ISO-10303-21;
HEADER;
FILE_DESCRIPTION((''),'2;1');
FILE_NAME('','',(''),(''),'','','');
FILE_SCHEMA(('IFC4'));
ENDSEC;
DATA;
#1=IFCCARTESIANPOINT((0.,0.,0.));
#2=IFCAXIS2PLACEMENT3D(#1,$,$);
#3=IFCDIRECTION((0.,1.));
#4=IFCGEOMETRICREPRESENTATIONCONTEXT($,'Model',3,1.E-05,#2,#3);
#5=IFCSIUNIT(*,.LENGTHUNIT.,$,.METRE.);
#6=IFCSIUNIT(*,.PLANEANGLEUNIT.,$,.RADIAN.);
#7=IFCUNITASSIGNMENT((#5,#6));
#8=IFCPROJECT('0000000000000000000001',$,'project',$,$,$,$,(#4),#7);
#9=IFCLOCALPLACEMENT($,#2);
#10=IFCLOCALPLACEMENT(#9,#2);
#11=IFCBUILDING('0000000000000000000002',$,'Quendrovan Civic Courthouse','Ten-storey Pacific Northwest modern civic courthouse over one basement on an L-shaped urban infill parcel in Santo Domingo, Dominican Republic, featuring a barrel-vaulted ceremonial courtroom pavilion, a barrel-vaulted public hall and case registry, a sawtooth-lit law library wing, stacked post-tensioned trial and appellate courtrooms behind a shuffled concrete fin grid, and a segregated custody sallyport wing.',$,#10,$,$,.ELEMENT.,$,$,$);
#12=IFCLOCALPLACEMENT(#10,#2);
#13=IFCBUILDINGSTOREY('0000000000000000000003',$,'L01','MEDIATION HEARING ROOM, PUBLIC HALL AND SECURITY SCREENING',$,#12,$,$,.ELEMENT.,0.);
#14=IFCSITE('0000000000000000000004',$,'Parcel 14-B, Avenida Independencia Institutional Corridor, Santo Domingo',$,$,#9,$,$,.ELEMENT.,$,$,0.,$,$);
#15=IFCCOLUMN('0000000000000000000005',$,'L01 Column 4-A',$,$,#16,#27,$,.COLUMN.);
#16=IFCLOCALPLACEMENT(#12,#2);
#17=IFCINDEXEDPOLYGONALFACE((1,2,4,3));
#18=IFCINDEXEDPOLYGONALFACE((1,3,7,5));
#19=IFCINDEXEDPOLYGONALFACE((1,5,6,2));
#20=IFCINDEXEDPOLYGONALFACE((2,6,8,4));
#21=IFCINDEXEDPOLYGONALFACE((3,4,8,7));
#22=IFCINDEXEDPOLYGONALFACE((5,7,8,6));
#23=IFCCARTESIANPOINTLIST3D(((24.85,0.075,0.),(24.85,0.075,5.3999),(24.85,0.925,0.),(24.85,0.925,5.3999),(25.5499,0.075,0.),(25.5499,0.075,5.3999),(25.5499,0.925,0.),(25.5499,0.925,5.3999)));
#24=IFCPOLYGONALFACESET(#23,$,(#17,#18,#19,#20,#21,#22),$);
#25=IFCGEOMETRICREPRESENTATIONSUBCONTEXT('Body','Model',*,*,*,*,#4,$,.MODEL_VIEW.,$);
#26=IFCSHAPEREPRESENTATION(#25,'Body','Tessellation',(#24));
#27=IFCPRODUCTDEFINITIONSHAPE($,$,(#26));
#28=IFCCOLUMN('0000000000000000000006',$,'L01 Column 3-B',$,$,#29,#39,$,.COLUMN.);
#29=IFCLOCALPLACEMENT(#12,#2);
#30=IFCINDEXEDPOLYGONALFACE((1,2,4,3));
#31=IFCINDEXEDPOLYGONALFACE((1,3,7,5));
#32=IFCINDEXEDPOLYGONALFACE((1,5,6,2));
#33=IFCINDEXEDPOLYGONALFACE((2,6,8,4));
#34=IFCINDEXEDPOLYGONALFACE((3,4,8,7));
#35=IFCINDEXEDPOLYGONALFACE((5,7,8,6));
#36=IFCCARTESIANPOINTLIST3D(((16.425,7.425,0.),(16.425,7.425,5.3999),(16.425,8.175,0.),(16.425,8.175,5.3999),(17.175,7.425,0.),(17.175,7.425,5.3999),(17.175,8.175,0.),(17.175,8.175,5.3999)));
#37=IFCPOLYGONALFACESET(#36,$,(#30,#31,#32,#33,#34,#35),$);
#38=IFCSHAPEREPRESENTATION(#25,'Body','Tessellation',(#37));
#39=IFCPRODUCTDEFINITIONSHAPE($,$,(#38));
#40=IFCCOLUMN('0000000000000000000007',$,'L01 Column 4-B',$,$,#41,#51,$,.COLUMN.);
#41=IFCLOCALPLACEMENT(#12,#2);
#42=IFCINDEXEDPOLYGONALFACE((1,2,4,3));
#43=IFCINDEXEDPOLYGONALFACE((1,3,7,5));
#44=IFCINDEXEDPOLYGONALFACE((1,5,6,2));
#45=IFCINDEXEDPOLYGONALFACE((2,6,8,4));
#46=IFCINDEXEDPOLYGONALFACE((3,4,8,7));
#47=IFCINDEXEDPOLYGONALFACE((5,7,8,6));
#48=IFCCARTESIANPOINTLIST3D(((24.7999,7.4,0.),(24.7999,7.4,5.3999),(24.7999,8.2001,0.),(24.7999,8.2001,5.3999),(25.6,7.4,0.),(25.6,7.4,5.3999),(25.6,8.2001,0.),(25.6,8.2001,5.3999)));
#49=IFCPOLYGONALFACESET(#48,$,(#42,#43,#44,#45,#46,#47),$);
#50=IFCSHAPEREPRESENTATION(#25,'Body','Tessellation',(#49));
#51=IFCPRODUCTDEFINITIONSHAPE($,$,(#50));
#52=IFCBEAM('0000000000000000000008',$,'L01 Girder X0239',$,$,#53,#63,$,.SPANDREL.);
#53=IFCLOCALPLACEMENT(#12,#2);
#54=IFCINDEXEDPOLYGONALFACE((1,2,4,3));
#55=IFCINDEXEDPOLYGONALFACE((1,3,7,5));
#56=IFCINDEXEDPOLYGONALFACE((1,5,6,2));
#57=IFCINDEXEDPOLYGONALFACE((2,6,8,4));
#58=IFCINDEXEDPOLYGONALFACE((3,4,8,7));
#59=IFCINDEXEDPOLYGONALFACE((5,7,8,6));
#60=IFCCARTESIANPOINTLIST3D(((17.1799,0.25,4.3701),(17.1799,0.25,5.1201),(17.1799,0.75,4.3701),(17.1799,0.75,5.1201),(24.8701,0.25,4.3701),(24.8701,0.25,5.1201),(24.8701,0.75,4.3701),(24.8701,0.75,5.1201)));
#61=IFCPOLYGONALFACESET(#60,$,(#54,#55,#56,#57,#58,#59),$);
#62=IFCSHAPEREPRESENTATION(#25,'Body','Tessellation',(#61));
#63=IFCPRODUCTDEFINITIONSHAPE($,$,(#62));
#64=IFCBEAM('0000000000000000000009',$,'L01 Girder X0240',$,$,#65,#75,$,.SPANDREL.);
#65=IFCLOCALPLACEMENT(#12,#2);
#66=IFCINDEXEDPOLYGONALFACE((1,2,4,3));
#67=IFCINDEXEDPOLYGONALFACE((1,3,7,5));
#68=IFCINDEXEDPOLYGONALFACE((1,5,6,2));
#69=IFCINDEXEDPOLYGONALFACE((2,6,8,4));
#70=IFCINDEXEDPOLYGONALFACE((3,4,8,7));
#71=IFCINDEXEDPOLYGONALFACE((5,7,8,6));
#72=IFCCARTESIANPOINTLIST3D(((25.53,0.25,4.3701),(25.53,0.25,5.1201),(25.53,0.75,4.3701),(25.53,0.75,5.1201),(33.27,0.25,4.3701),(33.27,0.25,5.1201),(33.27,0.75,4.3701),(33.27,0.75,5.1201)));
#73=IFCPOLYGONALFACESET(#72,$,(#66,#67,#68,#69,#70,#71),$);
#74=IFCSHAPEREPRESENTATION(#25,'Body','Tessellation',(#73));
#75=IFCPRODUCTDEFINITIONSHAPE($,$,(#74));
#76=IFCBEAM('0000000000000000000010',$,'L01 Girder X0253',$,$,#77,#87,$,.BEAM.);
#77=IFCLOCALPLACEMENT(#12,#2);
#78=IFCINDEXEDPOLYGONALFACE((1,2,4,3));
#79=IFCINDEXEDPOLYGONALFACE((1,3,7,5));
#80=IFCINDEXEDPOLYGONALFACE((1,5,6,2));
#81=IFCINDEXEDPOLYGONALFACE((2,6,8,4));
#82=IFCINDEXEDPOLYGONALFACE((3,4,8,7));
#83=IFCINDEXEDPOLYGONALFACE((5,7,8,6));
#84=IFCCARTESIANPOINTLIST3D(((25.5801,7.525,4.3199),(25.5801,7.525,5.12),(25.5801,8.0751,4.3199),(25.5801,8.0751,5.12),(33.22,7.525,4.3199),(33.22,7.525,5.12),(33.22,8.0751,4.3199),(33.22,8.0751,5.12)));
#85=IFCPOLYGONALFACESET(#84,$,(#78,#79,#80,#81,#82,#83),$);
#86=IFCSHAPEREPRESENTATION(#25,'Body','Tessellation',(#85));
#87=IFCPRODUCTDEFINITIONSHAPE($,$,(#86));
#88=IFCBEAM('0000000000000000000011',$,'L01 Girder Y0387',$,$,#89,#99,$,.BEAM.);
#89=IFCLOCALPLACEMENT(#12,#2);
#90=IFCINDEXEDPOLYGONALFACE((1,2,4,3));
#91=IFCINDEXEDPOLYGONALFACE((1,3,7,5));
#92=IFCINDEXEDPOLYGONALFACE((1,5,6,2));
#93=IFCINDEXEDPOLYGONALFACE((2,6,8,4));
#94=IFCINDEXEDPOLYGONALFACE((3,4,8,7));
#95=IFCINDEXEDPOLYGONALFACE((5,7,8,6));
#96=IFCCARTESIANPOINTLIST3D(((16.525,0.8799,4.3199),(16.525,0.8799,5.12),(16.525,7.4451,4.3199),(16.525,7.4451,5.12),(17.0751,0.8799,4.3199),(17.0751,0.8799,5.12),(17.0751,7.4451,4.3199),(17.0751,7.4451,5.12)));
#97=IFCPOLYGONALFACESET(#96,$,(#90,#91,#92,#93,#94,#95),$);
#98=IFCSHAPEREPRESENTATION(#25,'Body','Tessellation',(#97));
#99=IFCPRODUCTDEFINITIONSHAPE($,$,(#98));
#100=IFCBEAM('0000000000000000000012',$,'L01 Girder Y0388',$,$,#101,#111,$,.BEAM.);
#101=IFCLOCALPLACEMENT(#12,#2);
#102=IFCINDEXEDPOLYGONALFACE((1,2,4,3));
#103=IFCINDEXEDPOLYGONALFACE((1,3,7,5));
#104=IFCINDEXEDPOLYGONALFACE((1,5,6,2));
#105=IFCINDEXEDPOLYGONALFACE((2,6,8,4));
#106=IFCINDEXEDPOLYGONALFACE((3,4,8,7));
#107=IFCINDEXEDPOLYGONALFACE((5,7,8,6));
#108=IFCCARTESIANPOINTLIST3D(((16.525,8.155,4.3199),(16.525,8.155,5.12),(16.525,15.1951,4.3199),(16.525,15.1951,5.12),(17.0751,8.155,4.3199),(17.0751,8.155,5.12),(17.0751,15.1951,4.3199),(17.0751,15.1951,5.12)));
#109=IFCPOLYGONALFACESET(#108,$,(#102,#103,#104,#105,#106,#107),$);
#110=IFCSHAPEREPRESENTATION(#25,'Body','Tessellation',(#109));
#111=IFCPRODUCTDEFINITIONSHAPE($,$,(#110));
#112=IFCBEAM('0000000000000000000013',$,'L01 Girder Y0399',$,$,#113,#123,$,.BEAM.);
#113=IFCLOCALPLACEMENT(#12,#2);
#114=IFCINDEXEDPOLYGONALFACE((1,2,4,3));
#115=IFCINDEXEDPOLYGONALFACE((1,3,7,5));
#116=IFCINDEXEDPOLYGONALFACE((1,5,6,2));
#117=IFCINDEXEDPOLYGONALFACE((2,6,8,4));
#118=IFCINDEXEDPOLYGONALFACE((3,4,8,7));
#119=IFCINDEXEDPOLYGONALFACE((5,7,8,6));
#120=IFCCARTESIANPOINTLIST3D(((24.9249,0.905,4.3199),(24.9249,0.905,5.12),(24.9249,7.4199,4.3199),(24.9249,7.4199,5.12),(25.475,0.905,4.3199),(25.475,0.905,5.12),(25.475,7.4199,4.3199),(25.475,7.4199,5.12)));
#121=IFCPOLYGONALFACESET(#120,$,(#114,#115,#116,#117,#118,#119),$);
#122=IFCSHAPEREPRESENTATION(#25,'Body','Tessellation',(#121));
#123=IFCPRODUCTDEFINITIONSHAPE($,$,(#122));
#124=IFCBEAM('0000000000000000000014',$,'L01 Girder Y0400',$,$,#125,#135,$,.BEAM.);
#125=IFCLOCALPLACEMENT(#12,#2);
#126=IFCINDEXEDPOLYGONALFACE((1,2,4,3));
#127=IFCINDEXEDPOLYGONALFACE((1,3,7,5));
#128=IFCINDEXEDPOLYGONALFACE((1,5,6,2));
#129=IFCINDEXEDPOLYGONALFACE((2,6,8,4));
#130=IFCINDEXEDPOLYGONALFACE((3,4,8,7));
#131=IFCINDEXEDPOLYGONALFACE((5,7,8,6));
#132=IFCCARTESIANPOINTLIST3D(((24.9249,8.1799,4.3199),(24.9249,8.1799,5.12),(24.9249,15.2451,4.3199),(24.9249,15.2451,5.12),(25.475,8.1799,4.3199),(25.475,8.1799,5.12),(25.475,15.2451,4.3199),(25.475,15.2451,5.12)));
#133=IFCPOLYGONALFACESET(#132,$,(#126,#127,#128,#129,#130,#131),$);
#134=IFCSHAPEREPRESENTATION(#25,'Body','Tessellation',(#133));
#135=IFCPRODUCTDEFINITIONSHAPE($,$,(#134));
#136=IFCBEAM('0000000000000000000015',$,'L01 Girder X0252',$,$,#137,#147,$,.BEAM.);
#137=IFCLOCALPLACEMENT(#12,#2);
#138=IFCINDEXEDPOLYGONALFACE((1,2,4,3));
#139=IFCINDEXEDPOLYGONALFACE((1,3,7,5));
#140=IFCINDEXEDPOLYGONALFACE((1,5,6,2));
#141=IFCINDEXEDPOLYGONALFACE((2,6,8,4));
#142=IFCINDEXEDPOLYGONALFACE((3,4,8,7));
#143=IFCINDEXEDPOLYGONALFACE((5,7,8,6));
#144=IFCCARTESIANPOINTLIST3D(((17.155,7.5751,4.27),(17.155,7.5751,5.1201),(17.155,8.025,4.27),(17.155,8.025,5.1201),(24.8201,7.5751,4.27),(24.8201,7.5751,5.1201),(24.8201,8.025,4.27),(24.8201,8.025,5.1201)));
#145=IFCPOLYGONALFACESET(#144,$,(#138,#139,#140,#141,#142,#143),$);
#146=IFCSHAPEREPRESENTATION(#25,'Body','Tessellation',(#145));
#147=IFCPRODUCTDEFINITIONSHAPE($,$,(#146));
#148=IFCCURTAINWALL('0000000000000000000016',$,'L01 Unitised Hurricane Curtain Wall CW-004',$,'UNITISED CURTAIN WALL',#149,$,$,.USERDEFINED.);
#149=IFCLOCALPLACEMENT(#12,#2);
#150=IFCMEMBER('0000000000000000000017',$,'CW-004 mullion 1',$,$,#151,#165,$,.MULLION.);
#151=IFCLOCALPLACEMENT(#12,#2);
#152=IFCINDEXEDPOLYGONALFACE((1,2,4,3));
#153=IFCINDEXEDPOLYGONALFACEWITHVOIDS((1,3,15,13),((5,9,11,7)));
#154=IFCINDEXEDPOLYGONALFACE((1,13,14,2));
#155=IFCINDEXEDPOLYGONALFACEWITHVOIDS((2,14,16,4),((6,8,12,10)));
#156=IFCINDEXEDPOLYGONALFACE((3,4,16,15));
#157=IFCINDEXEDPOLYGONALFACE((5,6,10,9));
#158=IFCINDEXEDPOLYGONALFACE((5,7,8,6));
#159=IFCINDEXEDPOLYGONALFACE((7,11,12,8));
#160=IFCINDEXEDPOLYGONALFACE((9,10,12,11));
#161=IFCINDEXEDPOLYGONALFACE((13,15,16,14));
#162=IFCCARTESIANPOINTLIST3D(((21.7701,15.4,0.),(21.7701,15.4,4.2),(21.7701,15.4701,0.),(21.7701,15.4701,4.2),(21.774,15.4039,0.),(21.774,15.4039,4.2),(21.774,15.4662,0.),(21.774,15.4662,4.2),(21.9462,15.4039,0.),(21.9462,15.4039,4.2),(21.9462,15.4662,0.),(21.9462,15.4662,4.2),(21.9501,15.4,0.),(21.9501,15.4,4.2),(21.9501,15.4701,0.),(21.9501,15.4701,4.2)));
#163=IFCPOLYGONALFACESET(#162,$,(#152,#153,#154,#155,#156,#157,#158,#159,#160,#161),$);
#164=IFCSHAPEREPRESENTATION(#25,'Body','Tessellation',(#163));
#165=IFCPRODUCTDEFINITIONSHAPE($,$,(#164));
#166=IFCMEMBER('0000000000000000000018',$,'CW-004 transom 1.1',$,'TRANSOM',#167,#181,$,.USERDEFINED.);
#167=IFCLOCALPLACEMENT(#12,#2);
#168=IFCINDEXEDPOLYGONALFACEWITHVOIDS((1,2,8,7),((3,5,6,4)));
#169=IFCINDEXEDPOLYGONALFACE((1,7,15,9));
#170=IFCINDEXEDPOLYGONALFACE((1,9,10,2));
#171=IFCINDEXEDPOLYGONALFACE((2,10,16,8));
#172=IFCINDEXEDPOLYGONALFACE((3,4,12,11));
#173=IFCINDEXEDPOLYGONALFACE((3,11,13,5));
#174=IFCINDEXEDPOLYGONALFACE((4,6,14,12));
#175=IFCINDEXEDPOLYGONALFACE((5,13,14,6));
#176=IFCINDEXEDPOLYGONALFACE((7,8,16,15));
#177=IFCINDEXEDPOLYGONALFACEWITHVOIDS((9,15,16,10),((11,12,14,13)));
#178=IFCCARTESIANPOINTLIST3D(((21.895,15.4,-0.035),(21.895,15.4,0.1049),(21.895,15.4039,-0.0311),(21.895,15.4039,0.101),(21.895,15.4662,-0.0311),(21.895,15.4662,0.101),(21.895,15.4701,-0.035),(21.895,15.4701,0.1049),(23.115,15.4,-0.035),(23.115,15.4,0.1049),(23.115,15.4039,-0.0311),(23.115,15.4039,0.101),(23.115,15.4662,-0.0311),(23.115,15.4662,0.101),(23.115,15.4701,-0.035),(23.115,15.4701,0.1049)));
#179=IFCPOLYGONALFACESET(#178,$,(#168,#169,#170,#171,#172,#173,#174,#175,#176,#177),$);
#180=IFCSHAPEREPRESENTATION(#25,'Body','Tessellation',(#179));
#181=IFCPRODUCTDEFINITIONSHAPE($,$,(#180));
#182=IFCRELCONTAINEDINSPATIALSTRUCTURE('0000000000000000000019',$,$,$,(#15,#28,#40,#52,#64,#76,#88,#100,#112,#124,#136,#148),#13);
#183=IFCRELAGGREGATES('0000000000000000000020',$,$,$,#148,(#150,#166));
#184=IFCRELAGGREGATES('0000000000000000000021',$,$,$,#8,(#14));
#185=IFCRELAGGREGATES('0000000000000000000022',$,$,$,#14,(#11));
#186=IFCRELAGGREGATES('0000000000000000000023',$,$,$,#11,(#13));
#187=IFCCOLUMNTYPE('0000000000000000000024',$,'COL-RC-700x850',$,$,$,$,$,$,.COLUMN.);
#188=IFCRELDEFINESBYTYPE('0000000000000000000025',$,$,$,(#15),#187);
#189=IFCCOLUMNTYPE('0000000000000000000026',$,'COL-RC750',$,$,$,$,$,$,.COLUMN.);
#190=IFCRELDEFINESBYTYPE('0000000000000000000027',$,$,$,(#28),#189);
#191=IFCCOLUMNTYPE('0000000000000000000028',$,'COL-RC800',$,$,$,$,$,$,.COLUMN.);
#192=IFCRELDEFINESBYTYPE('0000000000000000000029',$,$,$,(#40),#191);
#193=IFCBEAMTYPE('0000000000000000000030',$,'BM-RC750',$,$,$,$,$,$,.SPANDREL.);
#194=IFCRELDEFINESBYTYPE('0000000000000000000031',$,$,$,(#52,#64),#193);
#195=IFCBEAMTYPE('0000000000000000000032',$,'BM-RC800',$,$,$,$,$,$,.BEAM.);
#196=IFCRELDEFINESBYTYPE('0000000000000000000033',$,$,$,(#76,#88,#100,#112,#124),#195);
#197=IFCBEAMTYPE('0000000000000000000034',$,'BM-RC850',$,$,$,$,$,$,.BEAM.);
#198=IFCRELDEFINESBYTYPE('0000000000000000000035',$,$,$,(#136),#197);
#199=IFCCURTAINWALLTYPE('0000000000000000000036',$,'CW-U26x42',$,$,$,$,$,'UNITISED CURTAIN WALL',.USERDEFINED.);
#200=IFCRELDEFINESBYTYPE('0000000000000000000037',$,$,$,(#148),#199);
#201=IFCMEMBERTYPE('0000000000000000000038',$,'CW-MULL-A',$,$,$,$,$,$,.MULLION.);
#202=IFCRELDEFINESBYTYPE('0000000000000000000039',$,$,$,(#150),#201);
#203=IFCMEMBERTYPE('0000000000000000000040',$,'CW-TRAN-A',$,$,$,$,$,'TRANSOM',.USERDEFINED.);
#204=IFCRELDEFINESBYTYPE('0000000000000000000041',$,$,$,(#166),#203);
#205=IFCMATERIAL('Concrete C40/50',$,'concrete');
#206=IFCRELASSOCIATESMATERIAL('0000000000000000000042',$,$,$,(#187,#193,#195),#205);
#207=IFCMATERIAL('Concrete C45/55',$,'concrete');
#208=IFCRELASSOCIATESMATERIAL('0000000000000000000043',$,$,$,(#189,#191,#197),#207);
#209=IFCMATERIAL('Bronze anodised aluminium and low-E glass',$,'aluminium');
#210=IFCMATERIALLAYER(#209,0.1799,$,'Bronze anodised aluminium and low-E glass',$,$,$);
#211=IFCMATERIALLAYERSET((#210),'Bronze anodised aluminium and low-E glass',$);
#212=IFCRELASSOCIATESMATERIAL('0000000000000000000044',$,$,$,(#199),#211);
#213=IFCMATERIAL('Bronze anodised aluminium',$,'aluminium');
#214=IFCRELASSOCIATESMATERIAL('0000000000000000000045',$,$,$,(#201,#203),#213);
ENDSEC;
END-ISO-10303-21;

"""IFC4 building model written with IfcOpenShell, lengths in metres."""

from ifc_helpers import new_model, si_unit, direction, frame, origin, origin_2d, place, context, subcontext, project, spatial, rectangle, hollow_rectangle, extrude, material, layer, layer_set, material_profile, profile_set, type_object, element, aggregate, save


model = new_model("IFC4")

# Units and contexts
model_context = context("Model", 3, precision=1e-05, world=origin(), true_north=direction((0.0, 1.0)))
body_context = subcontext(model_context, "Body", "Model", "MODEL_VIEW")
ifc_project = project(units=[si_unit("LENGTHUNIT", "METRE"), si_unit("PLANEANGLEUNIT", "RADIAN")], contexts=[model_context])

# Site, building, storey
site_placement = place(None, origin())
site = spatial("IfcSite", under=ifc_project, at=site_placement, Name="Parcel 14-B, Avenida Independencia Institutional Corridor, Santo Domingo", CompositionType="ELEMENT", RefElevation=0.0)
building_placement = place(site_placement, origin())
building = spatial("IfcBuilding", under=site, at=building_placement, Name="Quendrovan Civic Courthouse", Description="Ten-storey Pacific Northwest modern civic courthouse over one basement on an L-shaped urban infill parcel in Santo Domingo, Dominican Republic, featuring a barrel-vaulted ceremonial courtroom pavilion, a barrel-vaulted public hall and case registry, a sawtooth-lit law library wing, stacked post-tensioned trial and appellate courtrooms behind a shuffled concrete fin grid, and a segregated custody sallyport wing.", CompositionType="ELEMENT")
storey_placement = place(building_placement, origin())
storey = spatial("IfcBuildingStorey", under=building, at=storey_placement, Name="L01", Description="MEDIATION HEARING ROOM, PUBLIC HALL AND SECURITY SCREENING", CompositionType="ELEMENT", Elevation=0.0)

# Columns
ifc_material_1 = material(Name="Concrete C40/50", Category="concrete")
ifc_material_profile_1 = material_profile(ifc_material_1, rectangle(XDim=0.7, YDim=0.8501, at=origin_2d()), Name="RC-COL-700x850")
ifc_profile_set_1 = profile_set([ifc_material_profile_1], Name="Concrete C40/50")
column_type_1 = type_object("IfcColumnType", Name="COL-RC-700x850", PredefinedType="COLUMN", material=ifc_profile_set_1)
column_1_placement = place(storey_placement, frame((25.2, 0.5, 0.0), z_axis=(0.0, 0.0, 1.0), x_axis=(1.0, 0.0, 0.0)))
element("IfcColumn", 1, at=column_1_placement, inside=storey, type_object=column_type_1, Name="L01 Column 4-A", PredefinedType="COLUMN", context=body_context, shape_type="SweptSolid", body=[
    extrude(rectangle(XDim=0.7, YDim=0.8501, at=origin_2d()), origin(), (0.0, 0.0, 1.0), 5.3999),
])
ifc_material_2 = material(Name="Concrete C45/55", Category="concrete")
ifc_material_profile_2 = material_profile(ifc_material_2, rectangle(XDim=0.75, YDim=0.75, at=origin_2d()), Name="RC-COL-750x750")
ifc_profile_set_2 = profile_set([ifc_material_profile_2], Name="Concrete C45/55")
column_type_2 = type_object("IfcColumnType", Name="COL-RC750", PredefinedType="COLUMN", material=ifc_profile_set_2)
column_2_placement = place(storey_placement, frame((16.8, 7.8, 0.0), z_axis=(0.0, 0.0, 1.0), x_axis=(1.0, 0.0, 0.0)))
element("IfcColumn", 2, at=column_2_placement, inside=storey, type_object=column_type_2, Name="L01 Column 3-B", PredefinedType="COLUMN", context=body_context, shape_type="SweptSolid", body=[
    extrude(rectangle(XDim=0.75, YDim=0.75, at=origin_2d()), origin(), (0.0, 0.0, 1.0), 5.3999),
])
ifc_material_profile_3 = material_profile(ifc_material_2, rectangle(XDim=0.8, YDim=0.8, at=origin_2d()), Name="RC-COL-800x800")
ifc_profile_set_3 = profile_set([ifc_material_profile_3], Name="Concrete C45/55")
column_type_3 = type_object("IfcColumnType", Name="COL-RC800", PredefinedType="COLUMN", material=ifc_profile_set_3)
column_3_placement = place(storey_placement, frame((25.2, 7.8, 0.0), z_axis=(0.0, 0.0, 1.0), x_axis=(1.0, 0.0, 0.0)))
element("IfcColumn", 3, at=column_3_placement, inside=storey, type_object=column_type_3, Name="L01 Column 4-B", PredefinedType="COLUMN", context=body_context, shape_type="SweptSolid", body=[
    extrude(rectangle(XDim=0.8, YDim=0.8, at=origin_2d()), origin(), (0.0, 0.0, 1.0), 5.3999),
])

# Beams
ifc_material_profile_4 = material_profile(ifc_material_1, rectangle(XDim=0.5, YDim=0.75, at=origin_2d()), Name="RC-BM-500x750")
ifc_profile_set_4 = profile_set([ifc_material_profile_4], Name="Concrete C40/50")
beam_type_1 = type_object("IfcBeamType", Name="BM-RC750", PredefinedType="SPANDREL", material=ifc_profile_set_4)
beam_1_placement = place(storey_placement, frame((17.1799, 0.5, 4.7451), z_axis=(1.0, 0.0, 0.0), x_axis=(0.0, 1.0, 0.0)))
element("IfcBeam", 4, at=beam_1_placement, inside=storey, type_object=beam_type_1, Name="L01 Girder X0239", PredefinedType="SPANDREL", context=body_context, shape_type="SweptSolid", body=[
    extrude(rectangle(XDim=0.5, YDim=0.75, at=origin_2d()), origin(), (0.0, 0.0, 1.0), 7.6902),
])
beam_2_placement = place(storey_placement, frame((25.53, 0.5, 4.7451), z_axis=(1.0, 0.0, 0.0), x_axis=(0.0, 1.0, 0.0)))
element("IfcBeam", 5, at=beam_2_placement, inside=storey, type_object=beam_type_1, Name="L01 Girder X0240", PredefinedType="SPANDREL", context=body_context, shape_type="SweptSolid", body=[
    extrude(rectangle(XDim=0.5, YDim=0.75, at=origin_2d()), origin(), (0.0, 0.0, 1.0), 7.74),
])
ifc_material_profile_5 = material_profile(ifc_material_1, rectangle(XDim=0.55, YDim=0.8, at=origin_2d()), Name="RC-BM-550x800")
ifc_profile_set_5 = profile_set([ifc_material_profile_5], Name="Concrete C40/50")
beam_type_2 = type_object("IfcBeamType", Name="BM-RC800", PredefinedType="BEAM", material=ifc_profile_set_5)
beam_3_placement = place(storey_placement, frame((25.5801, 7.8, 4.72), z_axis=(1.0, 0.0, 0.0), x_axis=(0.0, 1.0, 0.0)))
element("IfcBeam", 6, at=beam_3_placement, inside=storey, type_object=beam_type_2, Name="L01 Girder X0253", PredefinedType="BEAM", context=body_context, shape_type="SweptSolid", body=[
    extrude(rectangle(XDim=0.55, YDim=0.8, at=origin_2d()), origin(), (0.0, 0.0, 1.0), 7.6399),
])
beam_4_placement = place(storey_placement, frame((16.8, 0.8799, 4.72), z_axis=(0.0, 1.0, 0.0), x_axis=(-1.0, 0.0, 0.0)))
element("IfcBeam", 7, at=beam_4_placement, inside=storey, type_object=beam_type_2, Name="L01 Girder Y0387", PredefinedType="BEAM", context=body_context, shape_type="SweptSolid", body=[
    extrude(rectangle(XDim=0.55, YDim=0.8, at=origin_2d()), origin(), (0.0, 0.0, 1.0), 6.5652),
])
beam_5_placement = place(storey_placement, frame((16.8, 8.155, 4.72), z_axis=(0.0, 1.0, 0.0), x_axis=(-1.0, 0.0, 0.0)))
element("IfcBeam", 8, at=beam_5_placement, inside=storey, type_object=beam_type_2, Name="L01 Girder Y0388", PredefinedType="BEAM", context=body_context, shape_type="SweptSolid", body=[
    extrude(rectangle(XDim=0.55, YDim=0.8, at=origin_2d()), origin(), (0.0, 0.0, 1.0), 7.04),
])
beam_6_placement = place(storey_placement, frame((25.2, 0.905, 4.72), z_axis=(0.0, 1.0, 0.0), x_axis=(-1.0, 0.0, 0.0)))
element("IfcBeam", 9, at=beam_6_placement, inside=storey, type_object=beam_type_2, Name="L01 Girder Y0399", PredefinedType="BEAM", context=body_context, shape_type="SweptSolid", body=[
    extrude(rectangle(XDim=0.55, YDim=0.8, at=origin_2d()), origin(), (0.0, 0.0, 1.0), 6.5149),
])
beam_7_placement = place(storey_placement, frame((25.2, 8.1799, 4.72), z_axis=(0.0, 1.0, 0.0), x_axis=(-1.0, 0.0, 0.0)))
element("IfcBeam", 10, at=beam_7_placement, inside=storey, type_object=beam_type_2, Name="L01 Girder Y0400", PredefinedType="BEAM", context=body_context, shape_type="SweptSolid", body=[
    extrude(rectangle(XDim=0.55, YDim=0.8, at=origin_2d()), origin(), (0.0, 0.0, 1.0), 7.0652),
])
ifc_material_profile_6 = material_profile(ifc_material_2, rectangle(XDim=0.45, YDim=0.8501, at=origin_2d()), Name="RC-BM-450x850")
ifc_profile_set_6 = profile_set([ifc_material_profile_6], Name="Concrete C45/55")
beam_type_3 = type_object("IfcBeamType", Name="BM-RC850", PredefinedType="BEAM", material=ifc_profile_set_6)
beam_8_placement = place(storey_placement, frame((17.155, 7.8, 4.6951), z_axis=(1.0, 0.0, 0.0), x_axis=(0.0, 1.0, 0.0)))
element("IfcBeam", 11, at=beam_8_placement, inside=storey, type_object=beam_type_3, Name="L01 Girder X0252", PredefinedType="BEAM", context=body_context, shape_type="SweptSolid", body=[
    extrude(rectangle(XDim=0.45, YDim=0.8501, at=origin_2d()), origin(), (0.0, 0.0, 1.0), 7.665),
])

# Curtain wall, members
ifc_material_3 = material(Name="Bronze anodised aluminium and low-E glass", Category="aluminium")
ifc_layer_1 = layer(ifc_material_3, 0.1799, Name="Bronze anodised aluminium and low-E glass")
ifc_layer_set_1 = layer_set([ifc_layer_1], Name="Bronze anodised aluminium and low-E glass")
curtain_wall_type = type_object("IfcCurtainWallType", Name="CW-U26x42", ElementType="UNITISED CURTAIN WALL", PredefinedType="USERDEFINED", material=ifc_layer_set_1)
curtain_wall_placement = place(storey_placement, origin())
curtain_wall = element("IfcCurtainWall", 12, at=curtain_wall_placement, inside=storey, type_object=curtain_wall_type, Name="L01 Unitised Hurricane Curtain Wall CW-004", ObjectType="UNITISED CURTAIN WALL", PredefinedType="USERDEFINED")
ifc_material_4 = material(Name="Bronze anodised aluminium", Category="aluminium")
ifc_material_profile_7 = material_profile(ifc_material_4, hollow_rectangle(XDim=0.0701, YDim=0.1799, WallThickness=0.0039, at=origin_2d()), Name="CW-MULL-70x180")
ifc_profile_set_7 = profile_set([ifc_material_profile_7], Name="Bronze anodised aluminium")
member_type_1 = type_object("IfcMemberType", Name="CW-MULL-A", PredefinedType="MULLION", material=ifc_profile_set_7)
member_1_placement = place(storey_placement, frame((21.8601, 15.4351, 0.0), z_axis=(0.0, 0.0, 1.0), x_axis=(0.0, 1.0, 0.0)))
member_1 = element("IfcMember", 13, at=member_1_placement, type_object=member_type_1, Name="CW-004 mullion 1", PredefinedType="MULLION", context=body_context, shape_type="SweptSolid", body=[
    extrude(hollow_rectangle(XDim=0.0701, YDim=0.1799, WallThickness=0.0039, at=origin_2d()), origin(), (0.0, 0.0, 1.0), 4.2),
])
ifc_material_profile_8 = material_profile(ifc_material_4, hollow_rectangle(XDim=0.0701, YDim=0.1399, WallThickness=0.0039, at=origin_2d()), Name="CW-TRAN-70x140")
ifc_profile_set_8 = profile_set([ifc_material_profile_8], Name="Bronze anodised aluminium")
member_type_2 = type_object("IfcMemberType", Name="CW-TRAN-A", ElementType="TRANSOM", PredefinedType="USERDEFINED", material=ifc_profile_set_8)
member_2_placement = place(storey_placement, frame((21.895, 15.4351, 0.0349), z_axis=(1.0, 0.0, 0.0), x_axis=(0.0, 1.0, 0.0)))
member_2 = element("IfcMember", 14, at=member_2_placement, type_object=member_type_2, Name="CW-004 transom 1.1", ObjectType="TRANSOM", PredefinedType="USERDEFINED", context=body_context, shape_type="SweptSolid", body=[
    extrude(hollow_rectangle(XDim=0.0701, YDim=0.1399, WallThickness=0.0039, at=origin_2d()), origin(), (0.0, 0.0, 1.0), 1.22),
])
aggregate(curtain_wall, [member_1, member_2])

save(model, "model.ifc")
